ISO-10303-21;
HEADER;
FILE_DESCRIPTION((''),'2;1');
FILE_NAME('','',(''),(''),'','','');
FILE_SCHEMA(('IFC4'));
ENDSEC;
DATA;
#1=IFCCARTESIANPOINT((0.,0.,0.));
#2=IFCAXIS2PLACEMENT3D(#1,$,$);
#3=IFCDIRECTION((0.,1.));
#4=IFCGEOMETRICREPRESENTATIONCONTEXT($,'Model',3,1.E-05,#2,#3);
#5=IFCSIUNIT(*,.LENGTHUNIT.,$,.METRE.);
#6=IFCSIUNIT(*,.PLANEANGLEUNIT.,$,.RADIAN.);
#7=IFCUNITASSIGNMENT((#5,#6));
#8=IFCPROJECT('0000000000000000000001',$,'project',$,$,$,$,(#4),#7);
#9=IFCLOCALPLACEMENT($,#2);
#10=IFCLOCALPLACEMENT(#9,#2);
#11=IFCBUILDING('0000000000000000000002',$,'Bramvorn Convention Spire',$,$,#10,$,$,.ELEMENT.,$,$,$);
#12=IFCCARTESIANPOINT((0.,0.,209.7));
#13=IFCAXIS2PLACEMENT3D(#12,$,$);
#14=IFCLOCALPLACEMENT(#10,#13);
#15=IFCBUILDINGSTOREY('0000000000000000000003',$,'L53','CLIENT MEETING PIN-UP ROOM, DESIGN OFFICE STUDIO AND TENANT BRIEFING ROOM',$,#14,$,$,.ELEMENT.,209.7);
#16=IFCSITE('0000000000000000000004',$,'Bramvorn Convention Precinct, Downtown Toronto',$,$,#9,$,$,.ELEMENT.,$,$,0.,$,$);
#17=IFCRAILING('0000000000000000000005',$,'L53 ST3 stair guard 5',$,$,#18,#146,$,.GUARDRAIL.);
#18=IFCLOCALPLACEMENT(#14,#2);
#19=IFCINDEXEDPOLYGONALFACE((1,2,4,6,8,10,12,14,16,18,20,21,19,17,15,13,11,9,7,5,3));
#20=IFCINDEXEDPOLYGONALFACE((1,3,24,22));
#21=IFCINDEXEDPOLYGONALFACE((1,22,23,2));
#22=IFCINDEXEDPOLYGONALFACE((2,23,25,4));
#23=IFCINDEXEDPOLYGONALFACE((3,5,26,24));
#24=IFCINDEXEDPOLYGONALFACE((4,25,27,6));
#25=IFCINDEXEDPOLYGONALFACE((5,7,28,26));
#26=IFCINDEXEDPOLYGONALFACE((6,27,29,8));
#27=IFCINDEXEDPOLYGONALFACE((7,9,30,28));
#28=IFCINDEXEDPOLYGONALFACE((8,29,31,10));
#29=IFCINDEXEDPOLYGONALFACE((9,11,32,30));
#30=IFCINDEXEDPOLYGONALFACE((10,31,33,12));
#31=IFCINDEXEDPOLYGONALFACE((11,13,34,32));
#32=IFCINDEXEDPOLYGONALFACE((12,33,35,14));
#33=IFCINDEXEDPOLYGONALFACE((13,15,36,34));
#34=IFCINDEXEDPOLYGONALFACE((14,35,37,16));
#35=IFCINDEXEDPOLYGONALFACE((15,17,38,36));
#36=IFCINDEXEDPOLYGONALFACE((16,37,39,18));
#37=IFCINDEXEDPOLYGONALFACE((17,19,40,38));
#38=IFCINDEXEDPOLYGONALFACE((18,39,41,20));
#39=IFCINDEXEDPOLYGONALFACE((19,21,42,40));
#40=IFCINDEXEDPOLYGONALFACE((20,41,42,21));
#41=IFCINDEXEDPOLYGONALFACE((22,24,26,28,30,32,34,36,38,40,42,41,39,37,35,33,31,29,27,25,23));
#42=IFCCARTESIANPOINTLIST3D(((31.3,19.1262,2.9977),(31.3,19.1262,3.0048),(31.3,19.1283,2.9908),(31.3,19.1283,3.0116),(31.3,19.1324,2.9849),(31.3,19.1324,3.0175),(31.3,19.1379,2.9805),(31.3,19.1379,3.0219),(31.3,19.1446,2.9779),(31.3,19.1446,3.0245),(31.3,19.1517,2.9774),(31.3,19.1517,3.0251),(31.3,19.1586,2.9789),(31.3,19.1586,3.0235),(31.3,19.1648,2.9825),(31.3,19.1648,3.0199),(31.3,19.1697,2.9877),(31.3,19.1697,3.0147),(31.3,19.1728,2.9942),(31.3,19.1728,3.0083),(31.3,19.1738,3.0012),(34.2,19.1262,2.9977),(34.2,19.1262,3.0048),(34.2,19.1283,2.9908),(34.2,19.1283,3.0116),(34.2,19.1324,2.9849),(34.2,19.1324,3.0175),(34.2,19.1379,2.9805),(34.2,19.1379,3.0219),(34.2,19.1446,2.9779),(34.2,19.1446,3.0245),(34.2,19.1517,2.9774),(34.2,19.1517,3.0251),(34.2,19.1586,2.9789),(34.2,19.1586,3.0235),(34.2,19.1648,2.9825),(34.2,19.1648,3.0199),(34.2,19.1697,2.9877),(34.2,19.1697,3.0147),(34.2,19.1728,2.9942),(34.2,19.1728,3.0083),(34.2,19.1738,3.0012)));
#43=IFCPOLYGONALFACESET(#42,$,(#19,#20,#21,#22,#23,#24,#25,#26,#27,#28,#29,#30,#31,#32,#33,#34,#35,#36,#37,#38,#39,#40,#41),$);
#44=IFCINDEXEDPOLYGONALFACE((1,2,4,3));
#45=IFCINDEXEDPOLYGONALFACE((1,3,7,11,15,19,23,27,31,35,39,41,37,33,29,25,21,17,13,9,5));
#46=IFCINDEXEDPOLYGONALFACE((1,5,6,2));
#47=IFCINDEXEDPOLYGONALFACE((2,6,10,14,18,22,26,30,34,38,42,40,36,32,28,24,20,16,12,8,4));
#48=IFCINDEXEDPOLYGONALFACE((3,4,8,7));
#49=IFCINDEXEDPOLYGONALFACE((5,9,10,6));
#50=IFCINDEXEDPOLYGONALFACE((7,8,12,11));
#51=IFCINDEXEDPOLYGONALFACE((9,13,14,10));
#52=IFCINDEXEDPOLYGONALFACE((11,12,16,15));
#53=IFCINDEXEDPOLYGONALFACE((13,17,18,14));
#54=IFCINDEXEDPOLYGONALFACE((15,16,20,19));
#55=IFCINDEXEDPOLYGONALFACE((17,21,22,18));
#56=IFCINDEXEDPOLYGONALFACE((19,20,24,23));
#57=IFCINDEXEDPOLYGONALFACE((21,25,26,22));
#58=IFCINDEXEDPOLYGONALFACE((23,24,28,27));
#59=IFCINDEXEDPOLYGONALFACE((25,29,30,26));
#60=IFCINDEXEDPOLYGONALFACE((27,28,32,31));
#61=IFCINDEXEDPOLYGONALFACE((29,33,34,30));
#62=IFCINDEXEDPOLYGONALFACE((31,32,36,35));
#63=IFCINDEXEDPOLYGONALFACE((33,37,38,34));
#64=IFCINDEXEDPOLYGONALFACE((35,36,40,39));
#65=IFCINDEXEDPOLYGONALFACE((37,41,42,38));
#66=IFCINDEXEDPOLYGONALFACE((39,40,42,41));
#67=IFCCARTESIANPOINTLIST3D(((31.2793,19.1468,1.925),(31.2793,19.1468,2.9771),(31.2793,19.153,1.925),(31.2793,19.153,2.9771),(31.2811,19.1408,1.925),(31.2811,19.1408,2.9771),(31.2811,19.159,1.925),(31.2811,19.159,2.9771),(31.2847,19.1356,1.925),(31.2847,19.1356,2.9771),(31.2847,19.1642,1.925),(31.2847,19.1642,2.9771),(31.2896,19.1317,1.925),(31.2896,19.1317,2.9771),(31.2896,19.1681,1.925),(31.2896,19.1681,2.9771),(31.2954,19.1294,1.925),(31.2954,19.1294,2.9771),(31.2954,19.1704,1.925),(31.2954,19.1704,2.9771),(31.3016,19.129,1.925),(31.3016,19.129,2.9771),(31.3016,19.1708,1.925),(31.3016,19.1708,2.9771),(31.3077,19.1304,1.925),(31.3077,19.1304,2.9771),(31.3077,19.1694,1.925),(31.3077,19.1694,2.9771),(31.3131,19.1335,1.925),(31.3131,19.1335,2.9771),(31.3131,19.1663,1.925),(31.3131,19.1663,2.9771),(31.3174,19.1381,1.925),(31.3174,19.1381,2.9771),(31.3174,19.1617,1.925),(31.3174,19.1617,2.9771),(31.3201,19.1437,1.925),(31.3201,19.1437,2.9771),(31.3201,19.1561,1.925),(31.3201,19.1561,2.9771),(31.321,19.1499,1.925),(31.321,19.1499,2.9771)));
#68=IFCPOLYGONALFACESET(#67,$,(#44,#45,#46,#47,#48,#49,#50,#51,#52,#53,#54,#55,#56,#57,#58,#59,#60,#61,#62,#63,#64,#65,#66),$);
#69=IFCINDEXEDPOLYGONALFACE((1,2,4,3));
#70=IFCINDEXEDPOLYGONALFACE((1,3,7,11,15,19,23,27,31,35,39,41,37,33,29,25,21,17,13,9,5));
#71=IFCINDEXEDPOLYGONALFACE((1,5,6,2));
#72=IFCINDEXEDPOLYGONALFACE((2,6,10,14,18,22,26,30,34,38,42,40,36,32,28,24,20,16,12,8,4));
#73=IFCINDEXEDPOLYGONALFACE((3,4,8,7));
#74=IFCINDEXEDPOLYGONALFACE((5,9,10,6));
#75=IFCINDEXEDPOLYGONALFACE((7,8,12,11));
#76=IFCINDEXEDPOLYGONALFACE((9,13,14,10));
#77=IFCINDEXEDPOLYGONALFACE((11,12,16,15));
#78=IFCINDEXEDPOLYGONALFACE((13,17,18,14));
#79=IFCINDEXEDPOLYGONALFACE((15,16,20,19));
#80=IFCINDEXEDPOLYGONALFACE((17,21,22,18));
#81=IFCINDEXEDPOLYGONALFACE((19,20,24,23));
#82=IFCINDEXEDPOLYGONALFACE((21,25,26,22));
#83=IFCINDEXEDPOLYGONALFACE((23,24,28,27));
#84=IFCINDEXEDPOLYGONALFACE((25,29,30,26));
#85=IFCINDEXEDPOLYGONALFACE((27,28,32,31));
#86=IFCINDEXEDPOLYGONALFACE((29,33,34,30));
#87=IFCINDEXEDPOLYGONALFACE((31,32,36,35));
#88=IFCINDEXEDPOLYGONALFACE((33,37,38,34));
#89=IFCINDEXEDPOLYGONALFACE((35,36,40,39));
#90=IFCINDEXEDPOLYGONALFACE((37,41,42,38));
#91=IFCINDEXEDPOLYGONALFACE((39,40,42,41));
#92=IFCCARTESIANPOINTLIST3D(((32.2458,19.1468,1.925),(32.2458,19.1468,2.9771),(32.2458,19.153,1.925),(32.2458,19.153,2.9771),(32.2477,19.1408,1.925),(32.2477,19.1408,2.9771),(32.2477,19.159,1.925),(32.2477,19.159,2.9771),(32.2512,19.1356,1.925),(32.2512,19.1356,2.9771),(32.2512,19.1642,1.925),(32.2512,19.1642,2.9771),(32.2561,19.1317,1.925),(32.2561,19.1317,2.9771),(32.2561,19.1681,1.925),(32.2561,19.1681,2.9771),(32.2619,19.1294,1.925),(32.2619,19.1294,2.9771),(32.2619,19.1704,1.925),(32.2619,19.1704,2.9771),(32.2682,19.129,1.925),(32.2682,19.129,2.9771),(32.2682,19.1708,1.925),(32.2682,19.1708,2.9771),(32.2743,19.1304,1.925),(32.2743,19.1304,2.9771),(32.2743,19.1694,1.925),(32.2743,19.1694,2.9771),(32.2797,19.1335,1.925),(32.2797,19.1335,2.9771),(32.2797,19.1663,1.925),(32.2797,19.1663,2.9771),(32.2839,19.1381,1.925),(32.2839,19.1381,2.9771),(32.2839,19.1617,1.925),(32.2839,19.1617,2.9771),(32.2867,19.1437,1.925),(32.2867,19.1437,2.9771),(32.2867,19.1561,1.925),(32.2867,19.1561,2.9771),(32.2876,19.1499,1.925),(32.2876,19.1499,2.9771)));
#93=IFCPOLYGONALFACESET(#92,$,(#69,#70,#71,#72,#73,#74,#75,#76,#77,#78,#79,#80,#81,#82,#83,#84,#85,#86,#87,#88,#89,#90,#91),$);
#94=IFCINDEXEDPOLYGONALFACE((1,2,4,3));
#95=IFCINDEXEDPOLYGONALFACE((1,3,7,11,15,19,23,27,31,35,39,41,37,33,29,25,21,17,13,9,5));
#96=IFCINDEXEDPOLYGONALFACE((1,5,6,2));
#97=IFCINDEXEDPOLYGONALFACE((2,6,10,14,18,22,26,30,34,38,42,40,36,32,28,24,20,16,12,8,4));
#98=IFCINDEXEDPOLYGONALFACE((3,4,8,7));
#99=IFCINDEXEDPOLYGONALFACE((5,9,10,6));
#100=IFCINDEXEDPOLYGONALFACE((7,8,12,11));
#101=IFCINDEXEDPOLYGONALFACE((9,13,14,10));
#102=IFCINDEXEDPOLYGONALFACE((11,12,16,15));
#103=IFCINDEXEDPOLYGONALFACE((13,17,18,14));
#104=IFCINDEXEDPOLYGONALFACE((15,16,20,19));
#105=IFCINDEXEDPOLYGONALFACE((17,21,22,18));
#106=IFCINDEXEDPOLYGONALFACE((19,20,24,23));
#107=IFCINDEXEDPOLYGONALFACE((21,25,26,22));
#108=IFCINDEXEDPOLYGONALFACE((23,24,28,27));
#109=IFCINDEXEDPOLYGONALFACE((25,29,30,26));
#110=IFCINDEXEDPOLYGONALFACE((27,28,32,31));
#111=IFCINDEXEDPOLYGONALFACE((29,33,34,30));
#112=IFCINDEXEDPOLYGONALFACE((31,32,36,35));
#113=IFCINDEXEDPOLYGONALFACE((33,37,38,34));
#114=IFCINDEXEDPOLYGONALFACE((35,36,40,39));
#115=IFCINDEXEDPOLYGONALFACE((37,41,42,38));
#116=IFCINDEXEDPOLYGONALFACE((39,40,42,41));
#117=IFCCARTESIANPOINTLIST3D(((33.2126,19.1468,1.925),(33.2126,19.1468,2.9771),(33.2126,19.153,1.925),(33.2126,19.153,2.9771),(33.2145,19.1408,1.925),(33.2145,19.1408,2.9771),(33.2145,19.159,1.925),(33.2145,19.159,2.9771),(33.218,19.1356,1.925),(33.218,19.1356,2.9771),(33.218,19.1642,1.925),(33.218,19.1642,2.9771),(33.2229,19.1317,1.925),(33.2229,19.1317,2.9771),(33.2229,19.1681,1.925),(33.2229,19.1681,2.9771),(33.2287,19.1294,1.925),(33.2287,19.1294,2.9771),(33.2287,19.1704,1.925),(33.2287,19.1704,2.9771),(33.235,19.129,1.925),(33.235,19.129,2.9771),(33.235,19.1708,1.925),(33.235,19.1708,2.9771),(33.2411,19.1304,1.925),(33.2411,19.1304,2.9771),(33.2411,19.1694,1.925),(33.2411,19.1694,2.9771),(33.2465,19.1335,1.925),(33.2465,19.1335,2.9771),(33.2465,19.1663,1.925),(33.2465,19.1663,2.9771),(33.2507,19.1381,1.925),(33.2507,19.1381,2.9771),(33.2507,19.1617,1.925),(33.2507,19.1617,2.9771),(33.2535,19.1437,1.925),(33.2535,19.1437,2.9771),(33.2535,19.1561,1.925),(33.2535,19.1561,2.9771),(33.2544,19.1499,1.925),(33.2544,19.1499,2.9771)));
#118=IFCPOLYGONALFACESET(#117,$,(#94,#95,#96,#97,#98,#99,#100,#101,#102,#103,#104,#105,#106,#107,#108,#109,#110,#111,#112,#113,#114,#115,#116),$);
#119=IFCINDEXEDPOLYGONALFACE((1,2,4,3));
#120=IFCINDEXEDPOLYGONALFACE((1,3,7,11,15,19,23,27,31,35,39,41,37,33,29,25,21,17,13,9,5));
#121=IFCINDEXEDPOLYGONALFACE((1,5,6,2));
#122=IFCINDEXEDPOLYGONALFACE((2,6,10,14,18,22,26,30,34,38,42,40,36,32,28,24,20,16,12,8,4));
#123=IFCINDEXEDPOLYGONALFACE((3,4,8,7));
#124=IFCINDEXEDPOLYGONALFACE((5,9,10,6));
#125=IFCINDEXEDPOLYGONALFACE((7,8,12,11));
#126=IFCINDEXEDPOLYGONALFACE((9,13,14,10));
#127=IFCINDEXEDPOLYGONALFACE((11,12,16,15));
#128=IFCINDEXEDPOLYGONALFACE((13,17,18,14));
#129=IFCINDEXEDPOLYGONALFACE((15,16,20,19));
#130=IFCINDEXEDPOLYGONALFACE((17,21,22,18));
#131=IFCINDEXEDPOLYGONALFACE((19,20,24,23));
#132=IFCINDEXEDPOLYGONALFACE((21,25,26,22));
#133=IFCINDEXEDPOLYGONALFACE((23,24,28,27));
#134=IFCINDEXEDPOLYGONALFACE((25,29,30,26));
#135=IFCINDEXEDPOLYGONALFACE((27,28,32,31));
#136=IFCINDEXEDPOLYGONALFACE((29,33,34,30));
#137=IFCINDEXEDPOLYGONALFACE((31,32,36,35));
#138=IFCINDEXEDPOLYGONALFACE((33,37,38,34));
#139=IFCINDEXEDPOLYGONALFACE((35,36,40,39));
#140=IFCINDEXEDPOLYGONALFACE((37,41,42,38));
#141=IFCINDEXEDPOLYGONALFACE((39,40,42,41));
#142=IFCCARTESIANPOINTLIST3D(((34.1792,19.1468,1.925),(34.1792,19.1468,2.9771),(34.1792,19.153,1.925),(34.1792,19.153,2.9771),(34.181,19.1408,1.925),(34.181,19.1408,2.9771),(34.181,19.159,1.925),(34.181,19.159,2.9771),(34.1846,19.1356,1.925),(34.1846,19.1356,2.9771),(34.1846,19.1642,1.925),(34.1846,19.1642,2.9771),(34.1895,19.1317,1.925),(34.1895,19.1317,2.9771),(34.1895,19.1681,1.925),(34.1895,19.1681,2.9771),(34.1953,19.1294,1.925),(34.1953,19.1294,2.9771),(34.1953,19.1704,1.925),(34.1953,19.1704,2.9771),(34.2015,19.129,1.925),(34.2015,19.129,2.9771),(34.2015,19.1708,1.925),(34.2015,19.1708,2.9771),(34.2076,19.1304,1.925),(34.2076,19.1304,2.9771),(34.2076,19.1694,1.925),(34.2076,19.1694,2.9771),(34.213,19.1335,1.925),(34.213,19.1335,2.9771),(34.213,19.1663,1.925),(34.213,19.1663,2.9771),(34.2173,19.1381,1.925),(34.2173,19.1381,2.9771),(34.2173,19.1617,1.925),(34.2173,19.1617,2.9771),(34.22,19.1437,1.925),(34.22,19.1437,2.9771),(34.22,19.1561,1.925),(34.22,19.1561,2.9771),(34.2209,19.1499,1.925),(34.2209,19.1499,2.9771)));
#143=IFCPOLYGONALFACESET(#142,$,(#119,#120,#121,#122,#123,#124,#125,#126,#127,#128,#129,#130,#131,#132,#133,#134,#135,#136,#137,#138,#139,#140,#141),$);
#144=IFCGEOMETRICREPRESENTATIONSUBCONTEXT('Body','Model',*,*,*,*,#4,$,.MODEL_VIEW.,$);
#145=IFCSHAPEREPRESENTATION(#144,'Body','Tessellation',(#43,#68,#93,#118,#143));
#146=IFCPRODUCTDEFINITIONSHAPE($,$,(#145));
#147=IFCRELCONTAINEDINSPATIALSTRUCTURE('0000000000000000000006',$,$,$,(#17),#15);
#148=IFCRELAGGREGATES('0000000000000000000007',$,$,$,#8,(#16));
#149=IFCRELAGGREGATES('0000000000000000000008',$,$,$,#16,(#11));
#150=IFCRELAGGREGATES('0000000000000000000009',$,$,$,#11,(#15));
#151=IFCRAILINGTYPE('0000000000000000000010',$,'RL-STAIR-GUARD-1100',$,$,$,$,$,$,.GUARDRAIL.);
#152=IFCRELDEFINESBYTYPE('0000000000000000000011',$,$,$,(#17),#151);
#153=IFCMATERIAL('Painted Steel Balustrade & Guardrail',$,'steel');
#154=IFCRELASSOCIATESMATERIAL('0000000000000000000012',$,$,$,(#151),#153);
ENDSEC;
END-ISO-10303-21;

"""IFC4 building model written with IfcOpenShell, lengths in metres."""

from ifc_helpers import new_model, si_unit, direction, frame, origin, origin_2d, place, context, subcontext, project, spatial, circle, extrude, material, type_object, element, save


model = new_model("IFC4")

# Units and contexts
model_context = context("Model", 3, precision=1e-05, world=origin(), true_north=direction((0.0, 1.0)))
body_context = subcontext(model_context, "Body", "Model", "MODEL_VIEW")
ifc_project = project(units=[si_unit("LENGTHUNIT", "METRE"), si_unit("PLANEANGLEUNIT", "RADIAN")], contexts=[model_context])

# Site, building, storey
site_placement = place(None, origin())
site = spatial("IfcSite", under=ifc_project, at=site_placement, Name="Bramvorn Convention Precinct, Downtown Toronto", CompositionType="ELEMENT", RefElevation=0.0)
building_placement = place(site_placement, origin())
building = spatial("IfcBuilding", under=site, at=building_placement, Name="Bramvorn Convention Spire", CompositionType="ELEMENT")
storey_placement = place(building_placement, frame((0.0, 0.0, 209.7)))
storey = spatial("IfcBuildingStorey", under=building, at=storey_placement, Name="L53", Description="CLIENT MEETING PIN-UP ROOM, DESIGN OFFICE STUDIO AND TENANT BRIEFING ROOM", CompositionType="ELEMENT", Elevation=209.7)

# Railing
ifc_material_1 = material(Name="Painted Steel Balustrade & Guardrail", Category="steel")
railing_type_1 = type_object("IfcRailingType", Name="RL-STAIR-GUARD-1100", PredefinedType="GUARDRAIL", material=ifc_material_1)
railing_1_placement = place(storey_placement, frame((31.3, 19.1499, 1.925)))
element("IfcRailing", 1, at=railing_1_placement, inside=storey, type_object=railing_type_1, Name="L53 ST3 stair guard 5", PredefinedType="GUARDRAIL", context=body_context, shape_type="SweptSolid", body=[
    extrude(circle(Radius=0.0239, at=origin_2d()), frame((0.0, 0.0, 1.0762), z_axis=(1.0, 0.0, 0.0), x_axis=(0.0, 1.0, 0.0)), (0.0, 0.0, 1.0), 2.8999),
    extrude(circle(Radius=0.021, at=origin_2d()), origin(), (0.0, 0.0, 1.0), 1.052),
    extrude(circle(Radius=0.021, at=origin_2d()), frame((0.9666, 0.0, 0.0)), (0.0, 0.0, 1.0), 1.052),
    extrude(circle(Radius=0.021, at=origin_2d()), frame((1.9333, 0.0, 0.0)), (0.0, 0.0, 1.0), 1.052),
    extrude(circle(Radius=0.021, at=origin_2d()), frame((2.8999, 0.0, 0.0)), (0.0, 0.0, 1.0), 1.052),
])

save(model, "model.ifc")
